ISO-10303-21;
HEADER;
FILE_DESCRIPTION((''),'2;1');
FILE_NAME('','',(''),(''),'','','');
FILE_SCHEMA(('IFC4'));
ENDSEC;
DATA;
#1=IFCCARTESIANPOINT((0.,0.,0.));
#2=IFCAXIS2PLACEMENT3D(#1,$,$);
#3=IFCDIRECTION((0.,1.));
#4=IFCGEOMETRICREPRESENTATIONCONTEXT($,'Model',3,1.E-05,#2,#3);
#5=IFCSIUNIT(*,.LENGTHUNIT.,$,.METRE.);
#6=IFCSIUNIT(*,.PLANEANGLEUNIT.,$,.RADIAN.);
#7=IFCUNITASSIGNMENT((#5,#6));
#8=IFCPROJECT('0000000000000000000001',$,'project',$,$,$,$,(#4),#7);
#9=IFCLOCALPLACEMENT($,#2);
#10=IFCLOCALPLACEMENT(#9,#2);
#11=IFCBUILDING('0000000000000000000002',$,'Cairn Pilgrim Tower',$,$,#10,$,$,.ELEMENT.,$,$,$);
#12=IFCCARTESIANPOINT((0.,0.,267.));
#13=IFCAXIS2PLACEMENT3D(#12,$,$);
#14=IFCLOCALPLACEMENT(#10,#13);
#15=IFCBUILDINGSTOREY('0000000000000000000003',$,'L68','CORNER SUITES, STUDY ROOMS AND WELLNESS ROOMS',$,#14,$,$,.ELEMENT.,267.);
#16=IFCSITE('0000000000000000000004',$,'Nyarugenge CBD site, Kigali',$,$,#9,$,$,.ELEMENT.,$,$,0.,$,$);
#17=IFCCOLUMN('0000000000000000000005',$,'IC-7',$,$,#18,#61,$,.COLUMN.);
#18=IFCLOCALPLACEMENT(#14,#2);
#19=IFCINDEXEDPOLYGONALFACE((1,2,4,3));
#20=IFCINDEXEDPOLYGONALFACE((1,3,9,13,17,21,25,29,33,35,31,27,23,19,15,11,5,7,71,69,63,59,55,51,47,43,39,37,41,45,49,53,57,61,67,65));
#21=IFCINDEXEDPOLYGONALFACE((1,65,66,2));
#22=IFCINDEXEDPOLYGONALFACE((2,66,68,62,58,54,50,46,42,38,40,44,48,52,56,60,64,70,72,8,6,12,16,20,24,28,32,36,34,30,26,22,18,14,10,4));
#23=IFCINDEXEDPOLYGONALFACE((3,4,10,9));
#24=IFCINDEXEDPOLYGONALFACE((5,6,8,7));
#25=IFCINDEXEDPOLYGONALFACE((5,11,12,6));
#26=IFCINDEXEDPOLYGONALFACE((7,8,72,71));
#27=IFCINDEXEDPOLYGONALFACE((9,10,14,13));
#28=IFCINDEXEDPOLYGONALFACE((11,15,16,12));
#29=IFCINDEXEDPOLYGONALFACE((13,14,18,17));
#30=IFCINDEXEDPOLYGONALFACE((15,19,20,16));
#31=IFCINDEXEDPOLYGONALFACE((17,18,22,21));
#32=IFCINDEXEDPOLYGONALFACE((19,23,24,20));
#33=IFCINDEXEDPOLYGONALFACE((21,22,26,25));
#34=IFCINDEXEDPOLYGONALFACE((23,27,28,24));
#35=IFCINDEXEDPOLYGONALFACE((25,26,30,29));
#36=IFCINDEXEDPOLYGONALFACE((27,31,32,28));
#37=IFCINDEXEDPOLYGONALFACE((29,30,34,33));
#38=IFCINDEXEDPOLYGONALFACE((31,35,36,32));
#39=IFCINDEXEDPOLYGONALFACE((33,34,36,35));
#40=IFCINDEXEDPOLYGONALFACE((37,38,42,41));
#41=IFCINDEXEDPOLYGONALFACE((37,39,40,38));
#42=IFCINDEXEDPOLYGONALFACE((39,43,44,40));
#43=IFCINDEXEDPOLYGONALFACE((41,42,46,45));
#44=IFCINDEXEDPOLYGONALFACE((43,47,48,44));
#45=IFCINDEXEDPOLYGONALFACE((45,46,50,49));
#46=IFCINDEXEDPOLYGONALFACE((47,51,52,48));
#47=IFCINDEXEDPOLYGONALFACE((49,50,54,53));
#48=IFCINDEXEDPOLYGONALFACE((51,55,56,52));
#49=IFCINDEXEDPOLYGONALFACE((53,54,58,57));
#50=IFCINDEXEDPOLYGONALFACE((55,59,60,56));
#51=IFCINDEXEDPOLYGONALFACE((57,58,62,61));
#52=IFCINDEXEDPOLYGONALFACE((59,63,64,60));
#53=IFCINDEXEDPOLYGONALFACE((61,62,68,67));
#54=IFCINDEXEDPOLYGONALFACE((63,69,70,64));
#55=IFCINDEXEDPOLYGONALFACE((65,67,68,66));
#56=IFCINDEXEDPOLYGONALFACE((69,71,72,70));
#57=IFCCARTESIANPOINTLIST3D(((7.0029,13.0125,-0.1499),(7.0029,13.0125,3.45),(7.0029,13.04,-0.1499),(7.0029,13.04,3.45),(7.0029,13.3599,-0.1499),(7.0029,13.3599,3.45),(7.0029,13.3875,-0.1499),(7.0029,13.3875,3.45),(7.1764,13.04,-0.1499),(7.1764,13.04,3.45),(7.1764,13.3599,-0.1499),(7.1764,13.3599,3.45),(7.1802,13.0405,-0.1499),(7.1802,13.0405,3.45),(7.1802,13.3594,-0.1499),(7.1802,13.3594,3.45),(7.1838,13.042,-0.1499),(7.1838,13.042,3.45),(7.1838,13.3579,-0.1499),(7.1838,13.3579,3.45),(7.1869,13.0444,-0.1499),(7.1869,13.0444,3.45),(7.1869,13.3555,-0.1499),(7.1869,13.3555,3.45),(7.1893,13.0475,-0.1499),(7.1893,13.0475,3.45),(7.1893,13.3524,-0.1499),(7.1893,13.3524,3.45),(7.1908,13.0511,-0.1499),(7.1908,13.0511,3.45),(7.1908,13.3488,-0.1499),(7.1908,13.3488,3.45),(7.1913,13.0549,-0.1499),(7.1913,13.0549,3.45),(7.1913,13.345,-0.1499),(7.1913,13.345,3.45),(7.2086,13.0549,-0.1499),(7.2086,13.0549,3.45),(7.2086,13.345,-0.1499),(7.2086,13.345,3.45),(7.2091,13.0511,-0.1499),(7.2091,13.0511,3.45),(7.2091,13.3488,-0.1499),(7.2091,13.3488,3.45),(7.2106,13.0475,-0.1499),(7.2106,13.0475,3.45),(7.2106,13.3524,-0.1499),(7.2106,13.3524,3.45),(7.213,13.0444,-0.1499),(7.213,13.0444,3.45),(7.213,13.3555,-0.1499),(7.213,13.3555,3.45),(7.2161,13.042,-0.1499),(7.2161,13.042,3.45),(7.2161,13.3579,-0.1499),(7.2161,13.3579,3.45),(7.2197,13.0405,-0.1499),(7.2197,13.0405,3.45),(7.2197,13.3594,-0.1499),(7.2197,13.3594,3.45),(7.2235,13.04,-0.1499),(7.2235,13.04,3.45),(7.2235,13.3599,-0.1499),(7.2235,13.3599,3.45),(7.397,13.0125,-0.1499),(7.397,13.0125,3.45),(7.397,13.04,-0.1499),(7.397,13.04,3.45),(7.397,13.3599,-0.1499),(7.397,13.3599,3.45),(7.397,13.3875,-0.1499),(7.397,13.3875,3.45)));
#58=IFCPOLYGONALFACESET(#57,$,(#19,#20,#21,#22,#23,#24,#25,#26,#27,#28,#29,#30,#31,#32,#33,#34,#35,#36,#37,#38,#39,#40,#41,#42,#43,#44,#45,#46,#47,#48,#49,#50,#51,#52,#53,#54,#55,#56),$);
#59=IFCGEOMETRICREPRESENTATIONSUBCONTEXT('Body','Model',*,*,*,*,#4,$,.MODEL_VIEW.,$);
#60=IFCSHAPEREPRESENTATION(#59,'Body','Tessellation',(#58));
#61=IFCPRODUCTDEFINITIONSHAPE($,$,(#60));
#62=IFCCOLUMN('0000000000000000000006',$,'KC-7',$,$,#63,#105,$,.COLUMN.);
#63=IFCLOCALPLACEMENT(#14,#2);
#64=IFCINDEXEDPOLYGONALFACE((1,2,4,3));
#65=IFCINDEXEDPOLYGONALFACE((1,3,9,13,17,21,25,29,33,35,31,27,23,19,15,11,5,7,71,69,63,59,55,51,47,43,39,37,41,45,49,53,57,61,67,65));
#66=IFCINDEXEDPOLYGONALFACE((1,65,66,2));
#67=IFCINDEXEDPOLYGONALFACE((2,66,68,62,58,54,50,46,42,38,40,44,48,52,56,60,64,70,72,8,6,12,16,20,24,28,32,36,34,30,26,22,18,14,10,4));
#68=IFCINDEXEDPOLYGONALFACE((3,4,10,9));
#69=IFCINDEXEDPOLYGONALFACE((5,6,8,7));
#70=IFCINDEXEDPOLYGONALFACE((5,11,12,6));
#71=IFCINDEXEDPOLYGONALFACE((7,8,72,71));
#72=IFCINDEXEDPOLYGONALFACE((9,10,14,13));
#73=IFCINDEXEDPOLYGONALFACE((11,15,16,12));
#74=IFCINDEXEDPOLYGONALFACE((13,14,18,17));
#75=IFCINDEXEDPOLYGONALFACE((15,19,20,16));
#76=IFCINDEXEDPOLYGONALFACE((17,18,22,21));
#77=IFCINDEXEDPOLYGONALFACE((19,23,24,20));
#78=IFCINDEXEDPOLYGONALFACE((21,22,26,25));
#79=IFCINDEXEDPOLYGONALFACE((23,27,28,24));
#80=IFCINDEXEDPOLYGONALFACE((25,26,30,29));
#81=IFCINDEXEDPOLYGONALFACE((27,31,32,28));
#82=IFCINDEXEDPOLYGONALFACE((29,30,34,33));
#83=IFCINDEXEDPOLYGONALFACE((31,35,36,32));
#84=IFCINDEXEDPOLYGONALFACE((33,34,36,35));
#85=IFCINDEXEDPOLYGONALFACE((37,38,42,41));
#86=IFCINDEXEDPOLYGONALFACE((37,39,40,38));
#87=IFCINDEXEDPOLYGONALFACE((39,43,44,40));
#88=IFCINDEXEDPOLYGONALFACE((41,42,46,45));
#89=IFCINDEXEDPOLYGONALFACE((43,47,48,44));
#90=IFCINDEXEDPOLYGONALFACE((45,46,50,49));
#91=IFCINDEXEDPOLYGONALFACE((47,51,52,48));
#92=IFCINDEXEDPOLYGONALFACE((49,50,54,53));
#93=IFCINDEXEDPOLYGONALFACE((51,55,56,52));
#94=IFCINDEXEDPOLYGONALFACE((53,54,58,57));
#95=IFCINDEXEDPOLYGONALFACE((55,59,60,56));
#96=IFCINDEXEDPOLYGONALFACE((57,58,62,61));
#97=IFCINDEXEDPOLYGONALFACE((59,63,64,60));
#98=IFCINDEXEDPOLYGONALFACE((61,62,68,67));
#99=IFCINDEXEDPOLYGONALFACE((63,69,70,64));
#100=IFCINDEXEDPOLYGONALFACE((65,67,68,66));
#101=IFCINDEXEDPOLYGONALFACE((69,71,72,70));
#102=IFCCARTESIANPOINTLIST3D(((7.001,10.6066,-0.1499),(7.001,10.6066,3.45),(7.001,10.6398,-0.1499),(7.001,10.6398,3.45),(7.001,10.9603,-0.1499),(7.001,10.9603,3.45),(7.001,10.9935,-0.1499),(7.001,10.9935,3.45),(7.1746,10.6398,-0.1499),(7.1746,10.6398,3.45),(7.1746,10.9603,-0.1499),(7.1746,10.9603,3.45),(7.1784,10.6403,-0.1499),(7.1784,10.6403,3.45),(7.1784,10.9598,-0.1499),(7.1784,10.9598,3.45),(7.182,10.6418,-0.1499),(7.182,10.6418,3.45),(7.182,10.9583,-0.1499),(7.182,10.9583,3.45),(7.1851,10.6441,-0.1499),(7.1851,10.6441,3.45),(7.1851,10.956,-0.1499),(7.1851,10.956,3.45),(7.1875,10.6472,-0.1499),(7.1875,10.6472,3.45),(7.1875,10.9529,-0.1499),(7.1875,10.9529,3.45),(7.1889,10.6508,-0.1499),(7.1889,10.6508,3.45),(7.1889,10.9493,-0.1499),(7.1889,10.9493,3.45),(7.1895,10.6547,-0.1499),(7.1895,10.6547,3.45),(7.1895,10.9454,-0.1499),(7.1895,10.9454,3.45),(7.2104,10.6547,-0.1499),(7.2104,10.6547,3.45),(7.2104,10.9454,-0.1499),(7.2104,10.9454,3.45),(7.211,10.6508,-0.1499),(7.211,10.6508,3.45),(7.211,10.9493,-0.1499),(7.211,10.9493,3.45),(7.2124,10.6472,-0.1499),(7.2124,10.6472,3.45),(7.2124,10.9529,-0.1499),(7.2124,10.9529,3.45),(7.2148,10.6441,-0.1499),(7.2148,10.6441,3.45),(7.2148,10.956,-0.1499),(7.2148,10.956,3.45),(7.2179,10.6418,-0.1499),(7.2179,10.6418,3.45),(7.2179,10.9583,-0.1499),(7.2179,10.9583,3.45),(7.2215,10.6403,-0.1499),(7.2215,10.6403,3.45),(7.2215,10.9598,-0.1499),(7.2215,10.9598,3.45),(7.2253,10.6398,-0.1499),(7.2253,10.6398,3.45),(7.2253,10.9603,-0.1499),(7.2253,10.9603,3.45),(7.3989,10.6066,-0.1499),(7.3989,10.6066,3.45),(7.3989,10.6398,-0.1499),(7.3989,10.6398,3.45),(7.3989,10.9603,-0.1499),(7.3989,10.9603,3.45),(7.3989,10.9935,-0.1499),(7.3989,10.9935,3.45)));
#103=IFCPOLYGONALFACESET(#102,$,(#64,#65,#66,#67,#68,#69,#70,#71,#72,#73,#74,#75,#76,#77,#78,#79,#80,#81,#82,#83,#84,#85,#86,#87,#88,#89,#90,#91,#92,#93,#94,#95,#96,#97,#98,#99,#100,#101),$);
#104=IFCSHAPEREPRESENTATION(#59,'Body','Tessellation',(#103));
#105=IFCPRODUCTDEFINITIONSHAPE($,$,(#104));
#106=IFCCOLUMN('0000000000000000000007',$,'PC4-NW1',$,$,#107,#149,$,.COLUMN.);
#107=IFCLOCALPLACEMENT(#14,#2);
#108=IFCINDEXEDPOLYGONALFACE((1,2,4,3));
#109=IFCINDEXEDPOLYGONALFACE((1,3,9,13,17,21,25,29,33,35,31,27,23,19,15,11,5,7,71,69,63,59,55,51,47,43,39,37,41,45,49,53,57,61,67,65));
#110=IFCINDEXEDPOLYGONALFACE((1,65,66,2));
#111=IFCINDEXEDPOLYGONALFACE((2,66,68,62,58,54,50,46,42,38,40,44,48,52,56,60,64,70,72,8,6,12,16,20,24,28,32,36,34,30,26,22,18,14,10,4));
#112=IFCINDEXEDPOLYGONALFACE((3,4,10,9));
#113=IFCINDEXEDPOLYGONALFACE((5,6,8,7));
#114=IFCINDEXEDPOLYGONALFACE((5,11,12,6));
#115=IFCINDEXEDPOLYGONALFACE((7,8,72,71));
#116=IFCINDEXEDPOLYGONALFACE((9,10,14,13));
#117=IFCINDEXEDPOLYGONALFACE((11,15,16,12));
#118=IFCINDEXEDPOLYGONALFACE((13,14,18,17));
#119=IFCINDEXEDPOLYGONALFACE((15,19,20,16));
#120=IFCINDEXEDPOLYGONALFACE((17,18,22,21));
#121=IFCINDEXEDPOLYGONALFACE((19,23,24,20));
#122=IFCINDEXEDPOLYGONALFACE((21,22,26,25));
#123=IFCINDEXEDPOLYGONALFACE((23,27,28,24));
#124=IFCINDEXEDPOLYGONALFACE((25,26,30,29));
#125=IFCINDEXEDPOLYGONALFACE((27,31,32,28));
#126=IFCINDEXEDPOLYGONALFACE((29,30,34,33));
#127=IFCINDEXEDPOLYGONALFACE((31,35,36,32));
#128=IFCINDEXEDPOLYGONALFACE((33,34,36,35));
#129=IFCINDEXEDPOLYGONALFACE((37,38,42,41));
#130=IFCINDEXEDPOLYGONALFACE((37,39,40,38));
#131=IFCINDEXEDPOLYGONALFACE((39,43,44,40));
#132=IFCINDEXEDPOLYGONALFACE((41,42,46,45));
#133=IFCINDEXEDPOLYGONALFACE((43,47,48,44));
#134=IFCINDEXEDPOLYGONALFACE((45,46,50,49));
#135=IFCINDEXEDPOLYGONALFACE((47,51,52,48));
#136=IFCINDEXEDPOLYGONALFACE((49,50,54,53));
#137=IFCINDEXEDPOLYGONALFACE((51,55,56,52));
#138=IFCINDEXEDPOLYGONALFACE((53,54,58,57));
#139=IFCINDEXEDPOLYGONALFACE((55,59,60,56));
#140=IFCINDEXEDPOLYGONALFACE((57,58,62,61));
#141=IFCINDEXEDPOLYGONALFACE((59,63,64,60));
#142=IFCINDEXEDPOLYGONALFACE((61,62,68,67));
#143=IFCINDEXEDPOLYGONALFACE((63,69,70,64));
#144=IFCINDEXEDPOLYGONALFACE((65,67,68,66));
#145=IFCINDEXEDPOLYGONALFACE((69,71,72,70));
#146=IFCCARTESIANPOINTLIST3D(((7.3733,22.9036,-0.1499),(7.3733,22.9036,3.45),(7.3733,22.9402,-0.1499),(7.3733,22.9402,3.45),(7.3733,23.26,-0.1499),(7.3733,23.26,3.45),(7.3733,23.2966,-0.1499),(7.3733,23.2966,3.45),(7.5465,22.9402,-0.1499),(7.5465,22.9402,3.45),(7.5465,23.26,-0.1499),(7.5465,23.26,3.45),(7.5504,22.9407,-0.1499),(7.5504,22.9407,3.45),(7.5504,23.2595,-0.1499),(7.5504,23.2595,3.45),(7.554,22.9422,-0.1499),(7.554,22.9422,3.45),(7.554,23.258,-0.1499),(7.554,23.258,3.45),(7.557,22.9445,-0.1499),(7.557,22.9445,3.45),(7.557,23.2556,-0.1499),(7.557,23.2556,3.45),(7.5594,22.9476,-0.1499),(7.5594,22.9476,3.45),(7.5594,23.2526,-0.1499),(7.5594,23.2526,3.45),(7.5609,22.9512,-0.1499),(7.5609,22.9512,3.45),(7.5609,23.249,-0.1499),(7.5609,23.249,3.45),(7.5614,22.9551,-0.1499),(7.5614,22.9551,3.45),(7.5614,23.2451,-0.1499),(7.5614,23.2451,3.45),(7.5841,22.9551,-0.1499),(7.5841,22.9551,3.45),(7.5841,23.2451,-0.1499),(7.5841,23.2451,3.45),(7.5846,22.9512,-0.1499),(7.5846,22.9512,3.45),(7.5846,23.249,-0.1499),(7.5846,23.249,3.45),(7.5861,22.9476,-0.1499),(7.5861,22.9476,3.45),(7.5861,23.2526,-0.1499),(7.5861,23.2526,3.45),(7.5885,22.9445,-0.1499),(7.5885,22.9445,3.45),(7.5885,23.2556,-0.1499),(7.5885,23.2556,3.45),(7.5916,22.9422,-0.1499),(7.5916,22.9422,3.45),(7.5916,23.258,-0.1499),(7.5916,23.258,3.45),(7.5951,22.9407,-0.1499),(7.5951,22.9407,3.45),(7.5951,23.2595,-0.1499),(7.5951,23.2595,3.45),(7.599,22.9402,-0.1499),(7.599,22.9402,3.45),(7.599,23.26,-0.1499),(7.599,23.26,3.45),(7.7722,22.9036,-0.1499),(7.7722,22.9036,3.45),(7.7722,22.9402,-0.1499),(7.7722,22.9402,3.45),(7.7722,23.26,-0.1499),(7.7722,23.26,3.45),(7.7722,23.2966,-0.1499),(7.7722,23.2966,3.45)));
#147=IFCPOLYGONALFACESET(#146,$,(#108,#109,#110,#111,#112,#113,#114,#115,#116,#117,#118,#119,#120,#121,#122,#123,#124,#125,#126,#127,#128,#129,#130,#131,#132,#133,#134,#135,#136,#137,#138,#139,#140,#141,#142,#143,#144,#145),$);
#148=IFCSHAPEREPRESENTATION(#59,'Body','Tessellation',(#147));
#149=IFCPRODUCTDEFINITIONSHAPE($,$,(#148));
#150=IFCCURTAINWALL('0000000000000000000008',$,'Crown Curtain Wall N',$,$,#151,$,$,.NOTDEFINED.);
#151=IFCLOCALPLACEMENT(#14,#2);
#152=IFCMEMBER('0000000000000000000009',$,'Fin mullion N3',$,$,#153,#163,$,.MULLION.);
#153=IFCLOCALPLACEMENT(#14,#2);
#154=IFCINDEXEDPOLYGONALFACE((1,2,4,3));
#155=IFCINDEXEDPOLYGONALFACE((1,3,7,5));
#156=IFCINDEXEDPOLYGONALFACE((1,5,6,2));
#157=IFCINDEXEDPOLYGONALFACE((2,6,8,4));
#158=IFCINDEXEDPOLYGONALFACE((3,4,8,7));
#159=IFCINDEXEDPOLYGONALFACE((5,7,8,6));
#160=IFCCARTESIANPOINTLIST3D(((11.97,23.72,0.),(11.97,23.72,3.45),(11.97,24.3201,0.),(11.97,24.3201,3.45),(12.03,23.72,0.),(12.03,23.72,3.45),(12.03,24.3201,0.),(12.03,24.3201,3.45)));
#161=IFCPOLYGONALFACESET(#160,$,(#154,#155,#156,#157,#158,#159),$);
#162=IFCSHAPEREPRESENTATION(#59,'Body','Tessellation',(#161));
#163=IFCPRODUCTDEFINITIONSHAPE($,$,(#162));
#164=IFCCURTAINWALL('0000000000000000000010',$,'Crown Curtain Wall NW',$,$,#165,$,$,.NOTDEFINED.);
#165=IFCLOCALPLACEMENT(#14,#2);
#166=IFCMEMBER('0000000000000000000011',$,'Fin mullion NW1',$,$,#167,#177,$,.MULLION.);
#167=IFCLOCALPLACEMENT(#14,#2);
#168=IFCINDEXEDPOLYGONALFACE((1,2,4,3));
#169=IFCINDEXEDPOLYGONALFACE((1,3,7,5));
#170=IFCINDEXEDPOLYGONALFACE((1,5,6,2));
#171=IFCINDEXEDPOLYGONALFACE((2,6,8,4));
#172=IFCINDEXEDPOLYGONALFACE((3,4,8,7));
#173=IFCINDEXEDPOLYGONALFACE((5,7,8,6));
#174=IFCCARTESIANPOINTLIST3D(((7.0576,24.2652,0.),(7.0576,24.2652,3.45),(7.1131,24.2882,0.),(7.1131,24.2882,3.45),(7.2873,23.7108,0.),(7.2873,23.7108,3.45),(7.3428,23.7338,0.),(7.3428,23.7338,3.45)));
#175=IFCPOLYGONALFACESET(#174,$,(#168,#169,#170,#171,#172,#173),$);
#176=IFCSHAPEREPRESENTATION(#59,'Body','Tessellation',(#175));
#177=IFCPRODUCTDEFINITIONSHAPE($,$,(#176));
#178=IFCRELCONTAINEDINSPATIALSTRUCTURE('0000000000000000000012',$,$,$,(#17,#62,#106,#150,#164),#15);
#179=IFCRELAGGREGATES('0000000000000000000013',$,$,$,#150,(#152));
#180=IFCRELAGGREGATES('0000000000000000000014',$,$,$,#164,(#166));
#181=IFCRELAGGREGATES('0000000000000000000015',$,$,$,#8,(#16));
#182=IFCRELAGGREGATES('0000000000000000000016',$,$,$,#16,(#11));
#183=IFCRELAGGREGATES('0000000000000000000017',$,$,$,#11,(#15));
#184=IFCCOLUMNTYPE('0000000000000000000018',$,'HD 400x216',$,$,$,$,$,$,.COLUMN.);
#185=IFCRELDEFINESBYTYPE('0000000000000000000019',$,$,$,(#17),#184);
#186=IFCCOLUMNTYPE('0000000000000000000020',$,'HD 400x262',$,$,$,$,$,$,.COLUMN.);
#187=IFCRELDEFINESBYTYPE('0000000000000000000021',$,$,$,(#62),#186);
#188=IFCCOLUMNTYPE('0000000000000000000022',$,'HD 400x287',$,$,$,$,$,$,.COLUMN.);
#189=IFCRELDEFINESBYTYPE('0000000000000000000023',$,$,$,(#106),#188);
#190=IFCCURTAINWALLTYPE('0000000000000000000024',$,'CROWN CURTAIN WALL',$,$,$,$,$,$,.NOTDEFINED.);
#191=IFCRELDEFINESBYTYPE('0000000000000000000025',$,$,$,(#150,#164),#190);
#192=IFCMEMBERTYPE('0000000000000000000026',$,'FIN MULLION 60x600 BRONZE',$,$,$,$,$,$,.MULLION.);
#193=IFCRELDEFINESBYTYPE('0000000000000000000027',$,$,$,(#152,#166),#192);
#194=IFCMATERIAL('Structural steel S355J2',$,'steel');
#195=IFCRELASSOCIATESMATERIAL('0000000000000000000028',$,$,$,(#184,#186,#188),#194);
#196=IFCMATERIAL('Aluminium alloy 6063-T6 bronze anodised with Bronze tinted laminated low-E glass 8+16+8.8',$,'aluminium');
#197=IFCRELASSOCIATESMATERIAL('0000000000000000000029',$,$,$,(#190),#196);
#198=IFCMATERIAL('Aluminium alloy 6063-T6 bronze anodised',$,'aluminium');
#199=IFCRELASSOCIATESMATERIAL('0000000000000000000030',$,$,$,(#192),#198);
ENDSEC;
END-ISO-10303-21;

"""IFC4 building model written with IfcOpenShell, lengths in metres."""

from ifc_helpers import new_model, si_unit, direction, frame, origin, origin_2d, place, context, subcontext, project, spatial, rectangle, i_section, extrude, material, material_profile, profile_set, type_object, element, aggregate, save


model = new_model("IFC4")

# Units and contexts
model_context = context("Model", 3, precision=1e-05, world=origin(), true_north=direction((0.0, 1.0)))
body_context = subcontext(model_context, "Body", "Model", "MODEL_VIEW")
ifc_project = project(units=[si_unit("LENGTHUNIT", "METRE"), si_unit("PLANEANGLEUNIT", "RADIAN")], contexts=[model_context])

# Site, building, storey
site_placement = place(None, origin())
site = spatial("IfcSite", under=ifc_project, at=site_placement, Name="Nyarugenge CBD site, Kigali", CompositionType="ELEMENT", RefElevation=0.0)
building_placement = place(site_placement, origin())
building = spatial("IfcBuilding", under=site, at=building_placement, Name="Cairn Pilgrim Tower", CompositionType="ELEMENT")
storey_placement = place(building_placement, frame((0.0, 0.0, 267.0)))
storey = spatial("IfcBuildingStorey", under=building, at=storey_placement, Name="L68", Description="CORNER SUITES, STUDY ROOMS AND WELLNESS ROOMS", CompositionType="ELEMENT", Elevation=267.0)

# Columns
ifc_material_1 = material(Name="Structural steel S355J2", Category="steel")
ifc_material_profile_1 = material_profile(ifc_material_1, i_section(OverallWidth=0.394, OverallDepth=0.375, WebThickness=0.0173, FlangeThickness=0.0276, FilletRadius=0.0149, at=origin_2d()), Name="HD 400x216")
ifc_profile_set_1 = profile_set([ifc_material_profile_1], Name="Structural steel S355J2")
column_type_1 = type_object("IfcColumnType", Name="HD 400x216", PredefinedType="COLUMN", material=ifc_profile_set_1)
column_1_placement = place(storey_placement, frame((7.2, 13.2, -0.1499), z_axis=(0.0, 0.0, 1.0), x_axis=(1.0, 0.0, 0.0)))
element("IfcColumn", 1, at=column_1_placement, inside=storey, type_object=column_type_1, Name="IC-7", PredefinedType="COLUMN", context=body_context, shape_type="SweptSolid", body=[
    extrude(i_section(OverallWidth=0.394, OverallDepth=0.375, WebThickness=0.0173, FlangeThickness=0.0276, FilletRadius=0.0149, at=origin_2d()), origin(), (0.0, 0.0, 1.0), 3.5999),
])
ifc_material_profile_2 = material_profile(ifc_material_1, i_section(OverallWidth=0.3979, OverallDepth=0.387, WebThickness=0.021, FlangeThickness=0.0332, FilletRadius=0.0149, at=origin_2d()), Name="HD 400x262")
ifc_profile_set_2 = profile_set([ifc_material_profile_2], Name="Structural steel S355J2")
column_type_2 = type_object("IfcColumnType", Name="HD 400x262", PredefinedType="COLUMN", material=ifc_profile_set_2)
column_2_placement = place(storey_placement, frame((7.2, 10.8, -0.1499), z_axis=(0.0, 0.0, 1.0), x_axis=(1.0, 0.0, 0.0)))
element("IfcColumn", 2, at=column_2_placement, inside=storey, type_object=column_type_2, Name="KC-7", PredefinedType="COLUMN", context=body_context, shape_type="SweptSolid", body=[
    extrude(i_section(OverallWidth=0.3979, OverallDepth=0.387, WebThickness=0.021, FlangeThickness=0.0332, FilletRadius=0.0149, at=origin_2d()), origin(), (0.0, 0.0, 1.0), 3.5999),
])
ifc_material_profile_3 = material_profile(ifc_material_1, i_section(OverallWidth=0.3989, OverallDepth=0.3931, WebThickness=0.0227, FlangeThickness=0.0366, FilletRadius=0.0149, at=origin_2d()), Name="HD 400x287")
ifc_profile_set_3 = profile_set([ifc_material_profile_3], Name="Structural steel S355J2")
column_type_3 = type_object("IfcColumnType", Name="HD 400x287", PredefinedType="COLUMN", material=ifc_profile_set_3)
column_3_placement = place(storey_placement, frame((7.5728, 23.1001, -0.1499), z_axis=(0.0, 0.0, 1.0), x_axis=(1.0, 0.0, 0.0)))
element("IfcColumn", 3, at=column_3_placement, inside=storey, type_object=column_type_3, Name="PC4-NW1", PredefinedType="COLUMN", context=body_context, shape_type="SweptSolid", body=[
    extrude(i_section(OverallWidth=0.3989, OverallDepth=0.3931, WebThickness=0.0227, FlangeThickness=0.0366, FilletRadius=0.0149, at=origin_2d()), origin(), (0.0, 0.0, 1.0), 3.5999),
])

# Curtain walls, members
ifc_material_2 = material(Name="Aluminium alloy 6063-T6 bronze anodised with Bronze tinted laminated low-E glass 8+16+8.8", Category="aluminium")
curtain_wall_type = type_object("IfcCurtainWallType", Name="CROWN CURTAIN WALL", PredefinedType="NOTDEFINED", material=ifc_material_2)
curtain_wall_1_placement = place(storey_placement, origin())
curtain_wall_1 = element("IfcCurtainWall", 4, at=curtain_wall_1_placement, inside=storey, type_object=curtain_wall_type, Name="Crown Curtain Wall N", PredefinedType="NOTDEFINED")
ifc_material_3 = material(Name="Aluminium alloy 6063-T6 bronze anodised", Category="aluminium")
ifc_material_profile_4 = material_profile(ifc_material_3, rectangle(XDim=0.6001, YDim=0.0601, at=origin_2d()), Name="FIN MULLION 60x600 BRONZE")
ifc_profile_set_4 = profile_set([ifc_material_profile_4], Name="Aluminium alloy 6063-T6 bronze anodised")
member_type_1 = type_object("IfcMemberType", Name="FIN MULLION 60x600 BRONZE", PredefinedType="MULLION", material=ifc_profile_set_4)
member_1_placement = place(storey_placement, frame((12.0, 24.02, 0.0), z_axis=(0.0, 0.0, 1.0), x_axis=(0.0, 1.0, 0.0)))
member_1 = element("IfcMember", 5, at=member_1_placement, type_object=member_type_1, Name="Fin mullion N3", PredefinedType="MULLION", context=body_context, shape_type="SweptSolid", body=[
    extrude(rectangle(XDim=0.6001, YDim=0.0601, at=origin_2d()), origin(), (0.0, 0.0, 1.0), 3.45),
])
aggregate(curtain_wall_1, [member_1])
curtain_wall_2_placement = place(storey_placement, origin())
curtain_wall_2 = element("IfcCurtainWall", 6, at=curtain_wall_2_placement, inside=storey, type_object=curtain_wall_type, Name="Crown Curtain Wall NW", PredefinedType="NOTDEFINED")
member_2_placement = place(storey_placement, frame((7.2002, 23.9995, 0.0), z_axis=(0.0, 0.0, 1.0), x_axis=(-0.382683, 0.92388, 0.0)))
member_2 = element("IfcMember", 7, at=member_2_placement, type_object=member_type_1, Name="Fin mullion NW1", PredefinedType="MULLION", context=body_context, shape_type="SweptSolid", body=[
    extrude(rectangle(XDim=0.6001, YDim=0.0601, at=origin_2d()), origin(), (0.0, 0.0, 1.0), 3.45),
])

aggregate(curtain_wall_2, [member_2])

save(model, "model.ifc")
